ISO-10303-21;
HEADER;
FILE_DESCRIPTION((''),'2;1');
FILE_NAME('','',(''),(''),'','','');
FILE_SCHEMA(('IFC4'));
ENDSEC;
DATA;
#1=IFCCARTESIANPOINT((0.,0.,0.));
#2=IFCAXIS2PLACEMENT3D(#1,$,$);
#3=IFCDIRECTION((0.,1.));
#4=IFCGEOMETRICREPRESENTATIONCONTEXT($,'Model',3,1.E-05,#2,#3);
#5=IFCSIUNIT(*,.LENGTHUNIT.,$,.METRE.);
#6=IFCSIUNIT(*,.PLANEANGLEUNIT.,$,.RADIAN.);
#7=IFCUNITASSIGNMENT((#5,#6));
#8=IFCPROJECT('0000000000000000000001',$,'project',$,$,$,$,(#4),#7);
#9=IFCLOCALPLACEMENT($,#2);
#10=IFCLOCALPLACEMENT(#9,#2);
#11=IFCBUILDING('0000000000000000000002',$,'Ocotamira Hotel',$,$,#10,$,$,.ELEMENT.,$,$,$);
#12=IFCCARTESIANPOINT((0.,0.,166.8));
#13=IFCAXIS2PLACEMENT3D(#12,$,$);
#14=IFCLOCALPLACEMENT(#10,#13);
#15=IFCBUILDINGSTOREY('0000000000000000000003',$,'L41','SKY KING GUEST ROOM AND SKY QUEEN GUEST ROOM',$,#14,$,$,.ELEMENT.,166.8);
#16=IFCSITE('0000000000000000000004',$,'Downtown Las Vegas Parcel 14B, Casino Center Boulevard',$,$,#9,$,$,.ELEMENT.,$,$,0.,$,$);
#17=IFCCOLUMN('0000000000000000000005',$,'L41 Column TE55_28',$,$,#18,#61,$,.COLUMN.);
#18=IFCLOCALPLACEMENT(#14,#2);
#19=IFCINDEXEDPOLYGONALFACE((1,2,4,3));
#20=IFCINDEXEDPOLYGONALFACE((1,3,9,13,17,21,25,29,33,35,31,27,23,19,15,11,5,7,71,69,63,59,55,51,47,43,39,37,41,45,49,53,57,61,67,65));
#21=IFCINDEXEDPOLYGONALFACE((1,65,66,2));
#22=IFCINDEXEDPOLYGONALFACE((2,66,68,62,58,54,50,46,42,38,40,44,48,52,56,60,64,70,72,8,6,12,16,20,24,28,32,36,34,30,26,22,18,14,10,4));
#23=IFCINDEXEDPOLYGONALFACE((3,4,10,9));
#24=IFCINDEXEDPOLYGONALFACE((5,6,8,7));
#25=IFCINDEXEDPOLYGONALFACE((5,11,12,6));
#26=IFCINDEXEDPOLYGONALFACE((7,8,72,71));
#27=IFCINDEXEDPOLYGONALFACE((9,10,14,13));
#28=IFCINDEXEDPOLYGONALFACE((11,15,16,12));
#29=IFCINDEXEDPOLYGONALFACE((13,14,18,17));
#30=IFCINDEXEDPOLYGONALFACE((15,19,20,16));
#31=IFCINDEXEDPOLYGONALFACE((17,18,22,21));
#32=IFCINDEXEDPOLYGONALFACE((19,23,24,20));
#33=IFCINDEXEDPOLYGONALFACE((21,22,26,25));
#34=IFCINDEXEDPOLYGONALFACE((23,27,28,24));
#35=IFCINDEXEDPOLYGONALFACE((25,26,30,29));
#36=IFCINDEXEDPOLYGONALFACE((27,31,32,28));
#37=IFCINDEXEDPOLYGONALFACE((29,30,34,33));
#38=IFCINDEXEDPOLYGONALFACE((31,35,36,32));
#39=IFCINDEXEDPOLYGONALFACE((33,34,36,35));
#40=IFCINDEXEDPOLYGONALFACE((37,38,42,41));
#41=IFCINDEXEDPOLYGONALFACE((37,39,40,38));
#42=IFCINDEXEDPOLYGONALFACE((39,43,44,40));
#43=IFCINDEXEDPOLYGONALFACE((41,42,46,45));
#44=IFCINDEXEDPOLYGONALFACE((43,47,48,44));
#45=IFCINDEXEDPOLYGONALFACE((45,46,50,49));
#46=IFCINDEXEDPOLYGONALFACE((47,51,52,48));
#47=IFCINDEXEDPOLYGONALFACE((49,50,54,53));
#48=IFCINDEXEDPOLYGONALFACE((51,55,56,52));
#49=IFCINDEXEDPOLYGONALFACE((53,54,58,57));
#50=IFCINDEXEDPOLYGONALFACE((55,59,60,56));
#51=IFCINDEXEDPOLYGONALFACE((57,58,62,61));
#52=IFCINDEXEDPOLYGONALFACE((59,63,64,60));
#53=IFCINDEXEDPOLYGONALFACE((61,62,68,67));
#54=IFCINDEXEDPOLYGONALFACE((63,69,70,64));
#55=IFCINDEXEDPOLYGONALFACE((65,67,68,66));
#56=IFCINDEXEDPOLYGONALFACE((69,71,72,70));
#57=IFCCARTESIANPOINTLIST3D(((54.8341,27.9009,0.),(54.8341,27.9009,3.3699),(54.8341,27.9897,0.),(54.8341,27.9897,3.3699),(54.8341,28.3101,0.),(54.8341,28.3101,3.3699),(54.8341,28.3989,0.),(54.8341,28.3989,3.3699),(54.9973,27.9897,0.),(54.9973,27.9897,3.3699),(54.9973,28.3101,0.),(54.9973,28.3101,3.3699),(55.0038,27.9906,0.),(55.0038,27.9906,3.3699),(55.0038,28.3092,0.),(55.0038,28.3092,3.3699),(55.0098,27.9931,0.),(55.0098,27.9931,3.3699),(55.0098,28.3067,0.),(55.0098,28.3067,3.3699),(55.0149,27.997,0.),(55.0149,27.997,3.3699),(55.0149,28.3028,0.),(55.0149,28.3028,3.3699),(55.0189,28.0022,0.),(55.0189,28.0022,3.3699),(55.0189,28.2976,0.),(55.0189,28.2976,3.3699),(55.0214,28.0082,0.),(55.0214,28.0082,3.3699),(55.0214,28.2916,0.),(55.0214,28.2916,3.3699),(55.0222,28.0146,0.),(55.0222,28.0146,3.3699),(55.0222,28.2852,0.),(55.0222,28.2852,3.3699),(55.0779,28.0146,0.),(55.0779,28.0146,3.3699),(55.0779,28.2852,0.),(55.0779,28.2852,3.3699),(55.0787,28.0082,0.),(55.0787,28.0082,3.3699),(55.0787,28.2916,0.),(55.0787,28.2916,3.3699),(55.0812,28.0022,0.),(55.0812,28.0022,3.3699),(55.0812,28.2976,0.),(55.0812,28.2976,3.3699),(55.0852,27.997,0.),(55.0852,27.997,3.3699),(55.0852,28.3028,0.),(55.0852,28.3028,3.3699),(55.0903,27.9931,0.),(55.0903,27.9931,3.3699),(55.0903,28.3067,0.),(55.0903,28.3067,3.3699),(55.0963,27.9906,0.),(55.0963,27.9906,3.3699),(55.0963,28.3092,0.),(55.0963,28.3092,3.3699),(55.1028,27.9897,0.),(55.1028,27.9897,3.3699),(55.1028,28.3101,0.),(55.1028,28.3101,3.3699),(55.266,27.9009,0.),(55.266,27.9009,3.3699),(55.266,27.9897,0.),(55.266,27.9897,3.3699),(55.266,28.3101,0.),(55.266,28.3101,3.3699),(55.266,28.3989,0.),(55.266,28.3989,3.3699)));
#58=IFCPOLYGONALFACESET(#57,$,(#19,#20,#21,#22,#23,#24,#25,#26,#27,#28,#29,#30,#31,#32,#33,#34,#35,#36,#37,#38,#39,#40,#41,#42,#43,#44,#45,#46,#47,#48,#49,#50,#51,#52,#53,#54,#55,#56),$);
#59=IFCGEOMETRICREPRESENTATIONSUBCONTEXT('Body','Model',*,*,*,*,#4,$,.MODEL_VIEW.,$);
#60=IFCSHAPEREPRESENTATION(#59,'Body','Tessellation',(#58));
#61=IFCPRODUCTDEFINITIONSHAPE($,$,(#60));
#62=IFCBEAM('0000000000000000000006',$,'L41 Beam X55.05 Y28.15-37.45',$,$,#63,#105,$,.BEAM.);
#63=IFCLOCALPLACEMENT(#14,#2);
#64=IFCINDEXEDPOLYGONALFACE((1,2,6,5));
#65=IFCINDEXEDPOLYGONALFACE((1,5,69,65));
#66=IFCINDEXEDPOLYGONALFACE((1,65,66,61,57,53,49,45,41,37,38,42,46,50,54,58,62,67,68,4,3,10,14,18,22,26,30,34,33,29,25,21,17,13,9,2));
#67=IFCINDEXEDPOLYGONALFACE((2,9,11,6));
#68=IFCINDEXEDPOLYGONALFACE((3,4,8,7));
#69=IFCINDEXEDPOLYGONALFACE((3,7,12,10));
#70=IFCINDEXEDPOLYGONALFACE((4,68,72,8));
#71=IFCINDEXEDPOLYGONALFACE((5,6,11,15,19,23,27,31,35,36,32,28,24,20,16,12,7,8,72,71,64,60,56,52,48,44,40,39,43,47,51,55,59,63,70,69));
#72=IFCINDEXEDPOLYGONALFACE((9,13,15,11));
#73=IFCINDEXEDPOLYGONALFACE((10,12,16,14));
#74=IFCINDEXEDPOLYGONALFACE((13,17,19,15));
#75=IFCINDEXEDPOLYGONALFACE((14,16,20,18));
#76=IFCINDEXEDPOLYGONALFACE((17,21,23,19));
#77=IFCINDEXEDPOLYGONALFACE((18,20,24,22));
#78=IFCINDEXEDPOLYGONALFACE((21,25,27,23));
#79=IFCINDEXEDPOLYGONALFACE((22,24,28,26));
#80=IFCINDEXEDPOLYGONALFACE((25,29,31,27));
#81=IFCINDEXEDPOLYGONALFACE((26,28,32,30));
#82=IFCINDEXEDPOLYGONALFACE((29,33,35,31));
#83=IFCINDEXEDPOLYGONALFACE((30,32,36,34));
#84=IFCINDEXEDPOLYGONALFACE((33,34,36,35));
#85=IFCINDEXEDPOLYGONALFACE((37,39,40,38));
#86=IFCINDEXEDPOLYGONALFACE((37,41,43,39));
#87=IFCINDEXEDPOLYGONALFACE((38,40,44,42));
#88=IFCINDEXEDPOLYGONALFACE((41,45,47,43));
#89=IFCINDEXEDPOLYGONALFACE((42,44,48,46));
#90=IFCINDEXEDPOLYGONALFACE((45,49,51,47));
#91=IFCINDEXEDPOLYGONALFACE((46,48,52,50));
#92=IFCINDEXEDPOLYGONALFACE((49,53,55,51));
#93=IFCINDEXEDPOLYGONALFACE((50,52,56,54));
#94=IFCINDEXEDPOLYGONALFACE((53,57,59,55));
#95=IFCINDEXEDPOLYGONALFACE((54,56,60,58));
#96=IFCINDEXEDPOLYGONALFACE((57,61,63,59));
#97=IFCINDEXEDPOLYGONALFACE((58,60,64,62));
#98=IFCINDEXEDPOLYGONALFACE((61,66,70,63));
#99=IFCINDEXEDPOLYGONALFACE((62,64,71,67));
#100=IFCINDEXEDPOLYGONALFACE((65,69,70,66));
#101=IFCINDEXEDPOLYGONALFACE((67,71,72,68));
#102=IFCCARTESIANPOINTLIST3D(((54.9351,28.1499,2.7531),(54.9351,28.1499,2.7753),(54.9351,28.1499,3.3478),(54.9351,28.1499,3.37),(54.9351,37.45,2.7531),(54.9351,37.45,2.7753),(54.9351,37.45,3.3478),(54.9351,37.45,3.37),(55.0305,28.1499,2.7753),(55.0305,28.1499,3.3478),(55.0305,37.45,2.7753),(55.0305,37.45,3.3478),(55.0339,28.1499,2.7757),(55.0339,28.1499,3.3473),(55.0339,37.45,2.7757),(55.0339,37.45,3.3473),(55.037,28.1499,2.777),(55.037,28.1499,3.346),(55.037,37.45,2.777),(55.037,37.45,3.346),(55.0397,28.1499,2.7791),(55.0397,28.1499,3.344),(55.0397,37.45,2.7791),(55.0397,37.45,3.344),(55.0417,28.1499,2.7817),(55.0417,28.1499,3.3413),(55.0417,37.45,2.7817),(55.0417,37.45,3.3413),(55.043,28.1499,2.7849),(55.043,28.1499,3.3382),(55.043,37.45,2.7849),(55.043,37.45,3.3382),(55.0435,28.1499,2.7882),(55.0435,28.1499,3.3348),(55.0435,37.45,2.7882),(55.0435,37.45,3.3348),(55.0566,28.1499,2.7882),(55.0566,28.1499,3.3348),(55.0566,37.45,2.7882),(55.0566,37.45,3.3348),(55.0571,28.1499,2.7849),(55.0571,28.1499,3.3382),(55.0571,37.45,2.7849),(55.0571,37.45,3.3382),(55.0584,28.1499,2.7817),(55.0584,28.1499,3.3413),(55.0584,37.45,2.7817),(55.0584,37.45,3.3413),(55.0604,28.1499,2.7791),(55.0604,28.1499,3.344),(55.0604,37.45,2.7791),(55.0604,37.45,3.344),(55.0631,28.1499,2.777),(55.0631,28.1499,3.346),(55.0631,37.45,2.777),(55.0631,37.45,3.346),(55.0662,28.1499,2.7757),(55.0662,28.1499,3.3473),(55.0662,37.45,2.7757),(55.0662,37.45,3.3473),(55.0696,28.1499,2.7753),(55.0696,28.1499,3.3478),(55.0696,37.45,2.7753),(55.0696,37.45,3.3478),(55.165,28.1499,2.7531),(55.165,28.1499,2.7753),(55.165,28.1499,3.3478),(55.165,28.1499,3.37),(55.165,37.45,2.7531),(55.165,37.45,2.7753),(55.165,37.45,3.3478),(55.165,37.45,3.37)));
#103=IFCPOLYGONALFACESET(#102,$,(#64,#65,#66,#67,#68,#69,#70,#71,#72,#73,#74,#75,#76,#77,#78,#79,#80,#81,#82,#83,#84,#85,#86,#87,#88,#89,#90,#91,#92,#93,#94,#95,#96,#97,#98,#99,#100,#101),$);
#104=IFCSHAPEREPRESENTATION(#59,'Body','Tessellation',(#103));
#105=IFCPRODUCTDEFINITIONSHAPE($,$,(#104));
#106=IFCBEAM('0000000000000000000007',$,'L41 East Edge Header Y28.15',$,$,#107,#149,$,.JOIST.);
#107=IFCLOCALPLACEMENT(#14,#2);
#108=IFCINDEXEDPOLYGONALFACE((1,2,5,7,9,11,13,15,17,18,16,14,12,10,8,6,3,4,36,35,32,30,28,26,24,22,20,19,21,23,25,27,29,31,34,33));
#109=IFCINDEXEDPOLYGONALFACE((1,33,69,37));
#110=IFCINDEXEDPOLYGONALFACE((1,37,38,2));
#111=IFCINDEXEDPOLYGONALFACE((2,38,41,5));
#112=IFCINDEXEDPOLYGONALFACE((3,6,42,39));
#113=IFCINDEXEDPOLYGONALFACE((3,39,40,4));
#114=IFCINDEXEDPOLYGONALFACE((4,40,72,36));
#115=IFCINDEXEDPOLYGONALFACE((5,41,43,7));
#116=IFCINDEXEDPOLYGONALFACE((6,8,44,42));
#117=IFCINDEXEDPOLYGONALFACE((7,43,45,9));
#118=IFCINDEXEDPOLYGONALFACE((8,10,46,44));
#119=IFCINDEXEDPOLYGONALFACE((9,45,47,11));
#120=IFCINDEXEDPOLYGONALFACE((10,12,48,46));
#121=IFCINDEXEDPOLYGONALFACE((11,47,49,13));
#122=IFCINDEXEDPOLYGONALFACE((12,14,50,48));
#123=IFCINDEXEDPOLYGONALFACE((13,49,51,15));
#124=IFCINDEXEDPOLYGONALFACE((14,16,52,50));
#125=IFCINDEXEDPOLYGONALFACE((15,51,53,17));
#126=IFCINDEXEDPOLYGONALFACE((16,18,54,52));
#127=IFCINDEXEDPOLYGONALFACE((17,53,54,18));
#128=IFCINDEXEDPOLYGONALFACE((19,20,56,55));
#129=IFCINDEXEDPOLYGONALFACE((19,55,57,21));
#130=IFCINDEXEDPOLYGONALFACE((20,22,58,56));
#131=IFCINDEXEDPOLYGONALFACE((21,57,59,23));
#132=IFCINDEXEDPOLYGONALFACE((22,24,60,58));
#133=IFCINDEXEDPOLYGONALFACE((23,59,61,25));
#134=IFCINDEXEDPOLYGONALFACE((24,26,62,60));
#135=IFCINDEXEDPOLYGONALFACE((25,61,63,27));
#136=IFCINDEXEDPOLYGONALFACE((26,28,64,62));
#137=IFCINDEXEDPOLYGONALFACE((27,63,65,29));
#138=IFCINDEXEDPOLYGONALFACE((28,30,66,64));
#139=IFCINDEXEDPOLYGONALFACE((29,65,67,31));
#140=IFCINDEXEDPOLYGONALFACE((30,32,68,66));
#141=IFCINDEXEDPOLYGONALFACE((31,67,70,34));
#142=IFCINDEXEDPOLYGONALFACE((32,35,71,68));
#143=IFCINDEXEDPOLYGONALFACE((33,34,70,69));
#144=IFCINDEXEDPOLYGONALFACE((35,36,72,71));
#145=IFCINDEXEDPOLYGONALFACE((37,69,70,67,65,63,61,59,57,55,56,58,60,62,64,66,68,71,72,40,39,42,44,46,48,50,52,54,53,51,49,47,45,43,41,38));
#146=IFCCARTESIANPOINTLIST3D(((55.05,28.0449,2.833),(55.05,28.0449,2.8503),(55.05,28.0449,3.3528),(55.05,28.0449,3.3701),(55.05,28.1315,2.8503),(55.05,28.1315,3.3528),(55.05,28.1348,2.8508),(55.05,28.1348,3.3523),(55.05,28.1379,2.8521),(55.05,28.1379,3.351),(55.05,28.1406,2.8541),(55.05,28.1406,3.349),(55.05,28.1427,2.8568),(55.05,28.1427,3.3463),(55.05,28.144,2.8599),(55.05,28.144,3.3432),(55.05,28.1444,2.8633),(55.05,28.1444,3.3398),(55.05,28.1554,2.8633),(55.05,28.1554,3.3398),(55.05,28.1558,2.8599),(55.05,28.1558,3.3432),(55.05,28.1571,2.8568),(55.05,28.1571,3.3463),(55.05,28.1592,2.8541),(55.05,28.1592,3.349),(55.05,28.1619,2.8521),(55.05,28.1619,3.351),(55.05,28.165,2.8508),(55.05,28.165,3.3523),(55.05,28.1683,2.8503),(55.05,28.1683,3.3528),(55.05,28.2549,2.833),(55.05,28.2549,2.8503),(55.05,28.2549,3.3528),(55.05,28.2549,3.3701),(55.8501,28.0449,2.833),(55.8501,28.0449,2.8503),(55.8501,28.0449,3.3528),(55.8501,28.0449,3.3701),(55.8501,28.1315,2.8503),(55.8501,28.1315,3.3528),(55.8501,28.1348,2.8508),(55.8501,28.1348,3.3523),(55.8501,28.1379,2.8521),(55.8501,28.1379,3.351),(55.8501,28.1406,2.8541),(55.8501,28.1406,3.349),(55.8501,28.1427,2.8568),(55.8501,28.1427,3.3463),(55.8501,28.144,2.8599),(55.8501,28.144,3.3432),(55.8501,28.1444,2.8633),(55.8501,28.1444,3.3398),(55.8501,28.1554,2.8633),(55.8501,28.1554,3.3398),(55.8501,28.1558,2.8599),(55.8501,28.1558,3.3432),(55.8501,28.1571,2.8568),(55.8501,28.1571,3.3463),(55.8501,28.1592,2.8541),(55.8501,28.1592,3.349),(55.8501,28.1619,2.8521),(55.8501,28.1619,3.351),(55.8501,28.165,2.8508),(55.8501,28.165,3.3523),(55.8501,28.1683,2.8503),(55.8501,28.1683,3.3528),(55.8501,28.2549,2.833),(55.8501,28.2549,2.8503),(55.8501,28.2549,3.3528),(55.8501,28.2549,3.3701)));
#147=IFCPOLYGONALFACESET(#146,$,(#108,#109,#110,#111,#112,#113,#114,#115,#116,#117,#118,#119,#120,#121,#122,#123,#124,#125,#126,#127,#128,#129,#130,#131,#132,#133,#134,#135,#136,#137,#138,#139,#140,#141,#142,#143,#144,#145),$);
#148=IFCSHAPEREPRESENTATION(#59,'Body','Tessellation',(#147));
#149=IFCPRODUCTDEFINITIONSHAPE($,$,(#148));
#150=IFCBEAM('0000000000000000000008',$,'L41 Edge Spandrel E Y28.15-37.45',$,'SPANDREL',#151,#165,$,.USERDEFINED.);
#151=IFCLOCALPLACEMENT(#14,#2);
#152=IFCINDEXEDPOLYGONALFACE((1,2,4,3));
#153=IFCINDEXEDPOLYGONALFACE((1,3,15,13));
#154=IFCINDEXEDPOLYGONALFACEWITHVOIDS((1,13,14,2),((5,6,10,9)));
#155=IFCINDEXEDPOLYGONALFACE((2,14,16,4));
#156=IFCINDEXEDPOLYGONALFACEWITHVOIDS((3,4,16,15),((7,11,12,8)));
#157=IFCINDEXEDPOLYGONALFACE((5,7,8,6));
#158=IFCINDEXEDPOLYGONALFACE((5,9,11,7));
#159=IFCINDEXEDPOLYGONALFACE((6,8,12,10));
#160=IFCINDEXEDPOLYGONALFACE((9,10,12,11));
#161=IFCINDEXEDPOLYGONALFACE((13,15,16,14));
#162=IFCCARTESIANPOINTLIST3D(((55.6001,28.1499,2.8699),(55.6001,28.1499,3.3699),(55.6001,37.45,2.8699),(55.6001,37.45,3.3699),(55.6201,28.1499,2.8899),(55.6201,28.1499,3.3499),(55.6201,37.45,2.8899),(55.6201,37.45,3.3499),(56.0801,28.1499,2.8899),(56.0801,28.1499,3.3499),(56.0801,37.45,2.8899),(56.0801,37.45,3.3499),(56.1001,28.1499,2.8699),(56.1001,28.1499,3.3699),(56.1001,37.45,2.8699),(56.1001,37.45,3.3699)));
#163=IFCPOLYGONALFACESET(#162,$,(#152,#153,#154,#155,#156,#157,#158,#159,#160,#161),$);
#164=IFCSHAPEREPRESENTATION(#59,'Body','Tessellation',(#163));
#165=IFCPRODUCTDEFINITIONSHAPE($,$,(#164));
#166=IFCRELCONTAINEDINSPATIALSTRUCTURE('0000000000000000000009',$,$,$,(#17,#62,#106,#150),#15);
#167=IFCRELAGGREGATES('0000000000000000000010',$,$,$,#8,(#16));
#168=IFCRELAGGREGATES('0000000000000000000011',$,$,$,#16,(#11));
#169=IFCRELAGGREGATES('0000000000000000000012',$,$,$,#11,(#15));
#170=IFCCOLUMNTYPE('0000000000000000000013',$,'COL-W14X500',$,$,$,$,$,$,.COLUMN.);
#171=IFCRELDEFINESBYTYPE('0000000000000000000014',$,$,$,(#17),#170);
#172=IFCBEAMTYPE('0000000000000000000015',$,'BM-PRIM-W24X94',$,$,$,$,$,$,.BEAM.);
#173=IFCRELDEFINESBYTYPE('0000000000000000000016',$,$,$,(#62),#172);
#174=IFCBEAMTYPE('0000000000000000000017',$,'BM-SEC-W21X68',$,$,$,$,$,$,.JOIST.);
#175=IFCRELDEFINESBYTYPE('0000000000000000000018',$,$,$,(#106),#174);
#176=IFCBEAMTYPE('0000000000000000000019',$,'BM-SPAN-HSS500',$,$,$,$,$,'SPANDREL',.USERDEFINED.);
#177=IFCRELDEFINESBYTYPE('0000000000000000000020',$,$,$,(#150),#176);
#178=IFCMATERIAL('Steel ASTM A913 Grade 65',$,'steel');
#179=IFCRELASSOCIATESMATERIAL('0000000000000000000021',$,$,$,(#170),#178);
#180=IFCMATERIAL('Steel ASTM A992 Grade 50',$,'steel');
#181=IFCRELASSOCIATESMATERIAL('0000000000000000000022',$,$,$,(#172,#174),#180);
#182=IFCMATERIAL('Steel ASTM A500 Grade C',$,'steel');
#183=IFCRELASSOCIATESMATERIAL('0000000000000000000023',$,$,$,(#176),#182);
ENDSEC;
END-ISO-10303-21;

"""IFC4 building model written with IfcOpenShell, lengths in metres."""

from ifc_helpers import new_model, si_unit, direction, frame, origin, origin_2d, place, context, subcontext, project, spatial, hollow_rectangle, i_section, extrude, source, transform, mapped, material, material_profile, profile_set, type_object, element, save


model = new_model("IFC4")

# Units and contexts
model_context = context("Model", 3, precision=1e-05, world=origin(), true_north=direction((0.0, 1.0)))
body_context = subcontext(model_context, "Body", "Model", "MODEL_VIEW")
ifc_project = project(units=[si_unit("LENGTHUNIT", "METRE"), si_unit("PLANEANGLEUNIT", "RADIAN")], contexts=[model_context])

# Site, building, storey
site_placement = place(None, origin())
site = spatial("IfcSite", under=ifc_project, at=site_placement, Name="Downtown Las Vegas Parcel 14B, Casino Center Boulevard", CompositionType="ELEMENT", RefElevation=0.0)
building_placement = place(site_placement, origin())
building = spatial("IfcBuilding", under=site, at=building_placement, Name="Ocotamira Hotel", CompositionType="ELEMENT")
storey_placement = place(building_placement, frame((0.0, 0.0, 166.8)))
storey = spatial("IfcBuildingStorey", under=building, at=storey_placement, Name="L41", Description="SKY KING GUEST ROOM AND SKY QUEEN GUEST ROOM", CompositionType="ELEMENT", Elevation=166.8)

# Column
ifc_material_1 = material(Name="Steel ASTM A913 Grade 65", Category="steel")
ifc_material_profile_1 = material_profile(ifc_material_1, i_section(OverallWidth=0.4319, OverallDepth=0.498, WebThickness=0.0557, FlangeThickness=0.0889, FilletRadius=0.0249, at=origin_2d()), Name="W14X500")
ifc_profile_set_1 = profile_set([ifc_material_profile_1], Name="Steel ASTM A913 Grade 65")
column_type = type_object("IfcColumnType", Name="COL-W14X500", PredefinedType="COLUMN", material=ifc_profile_set_1)
shared_shape_1 = source(origin(), body_context, "Body", "SweptSolid", [
    extrude(i_section(OverallWidth=0.4319, OverallDepth=0.498, WebThickness=0.0557, FlangeThickness=0.0889, FilletRadius=0.0249, at=origin_2d()), origin(), (0.0, 0.0, 1.0), 3.3699),
])
column_placement = place(storey_placement, frame((55.05, 28.1499, 0.0), z_axis=(0.0, 0.0, 1.0), x_axis=(1.0, 0.0, 0.0)))
element("IfcColumn", 1, at=column_placement, inside=storey, type_object=column_type, Name="L41 Column TE55_28", PredefinedType="COLUMN", context=body_context, shape_type="MappedRepresentation", body=[
    mapped(shared_shape_1, transform((0.0, 0.0, 0.0), scale=1.0)),
])

# Beams
ifc_material_2 = material(Name="Steel ASTM A992 Grade 50", Category="steel")
ifc_material_profile_2 = material_profile(ifc_material_2, i_section(OverallWidth=0.23, OverallDepth=0.6169, WebThickness=0.0132, FlangeThickness=0.0222, FilletRadius=0.0129, at=origin_2d()), Name="W24X94")
ifc_profile_set_2 = profile_set([ifc_material_profile_2], Name="Steel ASTM A992 Grade 50")
beam_type_1 = type_object("IfcBeamType", Name="BM-PRIM-W24X94", PredefinedType="BEAM", material=ifc_profile_set_2)
shared_shape_2 = source(origin(), body_context, "Body", "SweptSolid", [
    extrude(i_section(OverallWidth=0.23, OverallDepth=0.6169, WebThickness=0.0132, FlangeThickness=0.0222, FilletRadius=0.0129, at=origin_2d()), origin(), (0.0, 0.0, 1.0), 9.3),
])
beam_1_placement = place(storey_placement, frame((55.05, 28.1499, 3.0615), z_axis=(0.0, 1.0, 0.0), x_axis=(-1.0, 0.0, 0.0)))
element("IfcBeam", 2, at=beam_1_placement, inside=storey, type_object=beam_type_1, Name="L41 Beam X55.05 Y28.15-37.45", PredefinedType="BEAM", context=body_context, shape_type="MappedRepresentation", body=[
    mapped(shared_shape_2, transform((0.0, 0.0, 0.0), scale=1.0)),
])
ifc_material_profile_3 = material_profile(ifc_material_2, i_section(OverallWidth=0.21, OverallDepth=0.5371, WebThickness=0.011, FlangeThickness=0.0173, FilletRadius=0.0129, at=origin_2d()), Name="W21X68")
ifc_profile_set_3 = profile_set([ifc_material_profile_3], Name="Steel ASTM A992 Grade 50")
beam_type_2 = type_object("IfcBeamType", Name="BM-SEC-W21X68", PredefinedType="JOIST", material=ifc_profile_set_3)
shared_shape_3 = source(origin(), body_context, "Body", "SweptSolid", [
    extrude(i_section(OverallWidth=0.21, OverallDepth=0.5371, WebThickness=0.011, FlangeThickness=0.0173, FilletRadius=0.0129, at=origin_2d()), origin(), (0.0, 0.0, 1.0), 0.8),
])
beam_2_placement = place(storey_placement, frame((55.05, 28.1499, 3.1016), z_axis=(1.0, 0.0, 0.0), x_axis=(0.0, 1.0, 0.0)))
element("IfcBeam", 3, at=beam_2_placement, inside=storey, type_object=beam_type_2, Name="L41 East Edge Header Y28.15", PredefinedType="JOIST", context=body_context, shape_type="MappedRepresentation", body=[
    mapped(shared_shape_3, transform((0.0, 0.0, 0.0), scale=1.0)),
])
ifc_material_3 = material(Name="Steel ASTM A500 Grade C", Category="steel")
ifc_material_profile_4 = material_profile(ifc_material_3, hollow_rectangle(XDim=0.5, YDim=0.5, WallThickness=0.02, at=origin_2d()), Name="HSS500X500X20")
ifc_profile_set_4 = profile_set([ifc_material_profile_4], Name="Steel ASTM A500 Grade C")
beam_type_3 = type_object("IfcBeamType", Name="BM-SPAN-HSS500", ElementType="SPANDREL", PredefinedType="USERDEFINED", material=ifc_profile_set_4)
shared_shape_4 = source(origin(), body_context, "Body", "SweptSolid", [
    extrude(hollow_rectangle(XDim=0.5, YDim=0.5, WallThickness=0.02, at=origin_2d()), origin(), (0.0, 0.0, 1.0), 9.3),
])
beam_3_placement = place(storey_placement, frame((55.8501, 28.1499, 3.1199), z_axis=(0.0, 1.0, 0.0), x_axis=(-1.0, 0.0, 0.0)))
element("IfcBeam", 4, at=beam_3_placement, inside=storey, type_object=beam_type_3, Name="L41 Edge Spandrel E Y28.15-37.45", ObjectType="SPANDREL", PredefinedType="USERDEFINED", context=body_context, shape_type="MappedRepresentation", body=[
    mapped(shared_shape_4, transform((0.0, 0.0, 0.0), scale=1.0)),
])

save(model, "model.ifc")
